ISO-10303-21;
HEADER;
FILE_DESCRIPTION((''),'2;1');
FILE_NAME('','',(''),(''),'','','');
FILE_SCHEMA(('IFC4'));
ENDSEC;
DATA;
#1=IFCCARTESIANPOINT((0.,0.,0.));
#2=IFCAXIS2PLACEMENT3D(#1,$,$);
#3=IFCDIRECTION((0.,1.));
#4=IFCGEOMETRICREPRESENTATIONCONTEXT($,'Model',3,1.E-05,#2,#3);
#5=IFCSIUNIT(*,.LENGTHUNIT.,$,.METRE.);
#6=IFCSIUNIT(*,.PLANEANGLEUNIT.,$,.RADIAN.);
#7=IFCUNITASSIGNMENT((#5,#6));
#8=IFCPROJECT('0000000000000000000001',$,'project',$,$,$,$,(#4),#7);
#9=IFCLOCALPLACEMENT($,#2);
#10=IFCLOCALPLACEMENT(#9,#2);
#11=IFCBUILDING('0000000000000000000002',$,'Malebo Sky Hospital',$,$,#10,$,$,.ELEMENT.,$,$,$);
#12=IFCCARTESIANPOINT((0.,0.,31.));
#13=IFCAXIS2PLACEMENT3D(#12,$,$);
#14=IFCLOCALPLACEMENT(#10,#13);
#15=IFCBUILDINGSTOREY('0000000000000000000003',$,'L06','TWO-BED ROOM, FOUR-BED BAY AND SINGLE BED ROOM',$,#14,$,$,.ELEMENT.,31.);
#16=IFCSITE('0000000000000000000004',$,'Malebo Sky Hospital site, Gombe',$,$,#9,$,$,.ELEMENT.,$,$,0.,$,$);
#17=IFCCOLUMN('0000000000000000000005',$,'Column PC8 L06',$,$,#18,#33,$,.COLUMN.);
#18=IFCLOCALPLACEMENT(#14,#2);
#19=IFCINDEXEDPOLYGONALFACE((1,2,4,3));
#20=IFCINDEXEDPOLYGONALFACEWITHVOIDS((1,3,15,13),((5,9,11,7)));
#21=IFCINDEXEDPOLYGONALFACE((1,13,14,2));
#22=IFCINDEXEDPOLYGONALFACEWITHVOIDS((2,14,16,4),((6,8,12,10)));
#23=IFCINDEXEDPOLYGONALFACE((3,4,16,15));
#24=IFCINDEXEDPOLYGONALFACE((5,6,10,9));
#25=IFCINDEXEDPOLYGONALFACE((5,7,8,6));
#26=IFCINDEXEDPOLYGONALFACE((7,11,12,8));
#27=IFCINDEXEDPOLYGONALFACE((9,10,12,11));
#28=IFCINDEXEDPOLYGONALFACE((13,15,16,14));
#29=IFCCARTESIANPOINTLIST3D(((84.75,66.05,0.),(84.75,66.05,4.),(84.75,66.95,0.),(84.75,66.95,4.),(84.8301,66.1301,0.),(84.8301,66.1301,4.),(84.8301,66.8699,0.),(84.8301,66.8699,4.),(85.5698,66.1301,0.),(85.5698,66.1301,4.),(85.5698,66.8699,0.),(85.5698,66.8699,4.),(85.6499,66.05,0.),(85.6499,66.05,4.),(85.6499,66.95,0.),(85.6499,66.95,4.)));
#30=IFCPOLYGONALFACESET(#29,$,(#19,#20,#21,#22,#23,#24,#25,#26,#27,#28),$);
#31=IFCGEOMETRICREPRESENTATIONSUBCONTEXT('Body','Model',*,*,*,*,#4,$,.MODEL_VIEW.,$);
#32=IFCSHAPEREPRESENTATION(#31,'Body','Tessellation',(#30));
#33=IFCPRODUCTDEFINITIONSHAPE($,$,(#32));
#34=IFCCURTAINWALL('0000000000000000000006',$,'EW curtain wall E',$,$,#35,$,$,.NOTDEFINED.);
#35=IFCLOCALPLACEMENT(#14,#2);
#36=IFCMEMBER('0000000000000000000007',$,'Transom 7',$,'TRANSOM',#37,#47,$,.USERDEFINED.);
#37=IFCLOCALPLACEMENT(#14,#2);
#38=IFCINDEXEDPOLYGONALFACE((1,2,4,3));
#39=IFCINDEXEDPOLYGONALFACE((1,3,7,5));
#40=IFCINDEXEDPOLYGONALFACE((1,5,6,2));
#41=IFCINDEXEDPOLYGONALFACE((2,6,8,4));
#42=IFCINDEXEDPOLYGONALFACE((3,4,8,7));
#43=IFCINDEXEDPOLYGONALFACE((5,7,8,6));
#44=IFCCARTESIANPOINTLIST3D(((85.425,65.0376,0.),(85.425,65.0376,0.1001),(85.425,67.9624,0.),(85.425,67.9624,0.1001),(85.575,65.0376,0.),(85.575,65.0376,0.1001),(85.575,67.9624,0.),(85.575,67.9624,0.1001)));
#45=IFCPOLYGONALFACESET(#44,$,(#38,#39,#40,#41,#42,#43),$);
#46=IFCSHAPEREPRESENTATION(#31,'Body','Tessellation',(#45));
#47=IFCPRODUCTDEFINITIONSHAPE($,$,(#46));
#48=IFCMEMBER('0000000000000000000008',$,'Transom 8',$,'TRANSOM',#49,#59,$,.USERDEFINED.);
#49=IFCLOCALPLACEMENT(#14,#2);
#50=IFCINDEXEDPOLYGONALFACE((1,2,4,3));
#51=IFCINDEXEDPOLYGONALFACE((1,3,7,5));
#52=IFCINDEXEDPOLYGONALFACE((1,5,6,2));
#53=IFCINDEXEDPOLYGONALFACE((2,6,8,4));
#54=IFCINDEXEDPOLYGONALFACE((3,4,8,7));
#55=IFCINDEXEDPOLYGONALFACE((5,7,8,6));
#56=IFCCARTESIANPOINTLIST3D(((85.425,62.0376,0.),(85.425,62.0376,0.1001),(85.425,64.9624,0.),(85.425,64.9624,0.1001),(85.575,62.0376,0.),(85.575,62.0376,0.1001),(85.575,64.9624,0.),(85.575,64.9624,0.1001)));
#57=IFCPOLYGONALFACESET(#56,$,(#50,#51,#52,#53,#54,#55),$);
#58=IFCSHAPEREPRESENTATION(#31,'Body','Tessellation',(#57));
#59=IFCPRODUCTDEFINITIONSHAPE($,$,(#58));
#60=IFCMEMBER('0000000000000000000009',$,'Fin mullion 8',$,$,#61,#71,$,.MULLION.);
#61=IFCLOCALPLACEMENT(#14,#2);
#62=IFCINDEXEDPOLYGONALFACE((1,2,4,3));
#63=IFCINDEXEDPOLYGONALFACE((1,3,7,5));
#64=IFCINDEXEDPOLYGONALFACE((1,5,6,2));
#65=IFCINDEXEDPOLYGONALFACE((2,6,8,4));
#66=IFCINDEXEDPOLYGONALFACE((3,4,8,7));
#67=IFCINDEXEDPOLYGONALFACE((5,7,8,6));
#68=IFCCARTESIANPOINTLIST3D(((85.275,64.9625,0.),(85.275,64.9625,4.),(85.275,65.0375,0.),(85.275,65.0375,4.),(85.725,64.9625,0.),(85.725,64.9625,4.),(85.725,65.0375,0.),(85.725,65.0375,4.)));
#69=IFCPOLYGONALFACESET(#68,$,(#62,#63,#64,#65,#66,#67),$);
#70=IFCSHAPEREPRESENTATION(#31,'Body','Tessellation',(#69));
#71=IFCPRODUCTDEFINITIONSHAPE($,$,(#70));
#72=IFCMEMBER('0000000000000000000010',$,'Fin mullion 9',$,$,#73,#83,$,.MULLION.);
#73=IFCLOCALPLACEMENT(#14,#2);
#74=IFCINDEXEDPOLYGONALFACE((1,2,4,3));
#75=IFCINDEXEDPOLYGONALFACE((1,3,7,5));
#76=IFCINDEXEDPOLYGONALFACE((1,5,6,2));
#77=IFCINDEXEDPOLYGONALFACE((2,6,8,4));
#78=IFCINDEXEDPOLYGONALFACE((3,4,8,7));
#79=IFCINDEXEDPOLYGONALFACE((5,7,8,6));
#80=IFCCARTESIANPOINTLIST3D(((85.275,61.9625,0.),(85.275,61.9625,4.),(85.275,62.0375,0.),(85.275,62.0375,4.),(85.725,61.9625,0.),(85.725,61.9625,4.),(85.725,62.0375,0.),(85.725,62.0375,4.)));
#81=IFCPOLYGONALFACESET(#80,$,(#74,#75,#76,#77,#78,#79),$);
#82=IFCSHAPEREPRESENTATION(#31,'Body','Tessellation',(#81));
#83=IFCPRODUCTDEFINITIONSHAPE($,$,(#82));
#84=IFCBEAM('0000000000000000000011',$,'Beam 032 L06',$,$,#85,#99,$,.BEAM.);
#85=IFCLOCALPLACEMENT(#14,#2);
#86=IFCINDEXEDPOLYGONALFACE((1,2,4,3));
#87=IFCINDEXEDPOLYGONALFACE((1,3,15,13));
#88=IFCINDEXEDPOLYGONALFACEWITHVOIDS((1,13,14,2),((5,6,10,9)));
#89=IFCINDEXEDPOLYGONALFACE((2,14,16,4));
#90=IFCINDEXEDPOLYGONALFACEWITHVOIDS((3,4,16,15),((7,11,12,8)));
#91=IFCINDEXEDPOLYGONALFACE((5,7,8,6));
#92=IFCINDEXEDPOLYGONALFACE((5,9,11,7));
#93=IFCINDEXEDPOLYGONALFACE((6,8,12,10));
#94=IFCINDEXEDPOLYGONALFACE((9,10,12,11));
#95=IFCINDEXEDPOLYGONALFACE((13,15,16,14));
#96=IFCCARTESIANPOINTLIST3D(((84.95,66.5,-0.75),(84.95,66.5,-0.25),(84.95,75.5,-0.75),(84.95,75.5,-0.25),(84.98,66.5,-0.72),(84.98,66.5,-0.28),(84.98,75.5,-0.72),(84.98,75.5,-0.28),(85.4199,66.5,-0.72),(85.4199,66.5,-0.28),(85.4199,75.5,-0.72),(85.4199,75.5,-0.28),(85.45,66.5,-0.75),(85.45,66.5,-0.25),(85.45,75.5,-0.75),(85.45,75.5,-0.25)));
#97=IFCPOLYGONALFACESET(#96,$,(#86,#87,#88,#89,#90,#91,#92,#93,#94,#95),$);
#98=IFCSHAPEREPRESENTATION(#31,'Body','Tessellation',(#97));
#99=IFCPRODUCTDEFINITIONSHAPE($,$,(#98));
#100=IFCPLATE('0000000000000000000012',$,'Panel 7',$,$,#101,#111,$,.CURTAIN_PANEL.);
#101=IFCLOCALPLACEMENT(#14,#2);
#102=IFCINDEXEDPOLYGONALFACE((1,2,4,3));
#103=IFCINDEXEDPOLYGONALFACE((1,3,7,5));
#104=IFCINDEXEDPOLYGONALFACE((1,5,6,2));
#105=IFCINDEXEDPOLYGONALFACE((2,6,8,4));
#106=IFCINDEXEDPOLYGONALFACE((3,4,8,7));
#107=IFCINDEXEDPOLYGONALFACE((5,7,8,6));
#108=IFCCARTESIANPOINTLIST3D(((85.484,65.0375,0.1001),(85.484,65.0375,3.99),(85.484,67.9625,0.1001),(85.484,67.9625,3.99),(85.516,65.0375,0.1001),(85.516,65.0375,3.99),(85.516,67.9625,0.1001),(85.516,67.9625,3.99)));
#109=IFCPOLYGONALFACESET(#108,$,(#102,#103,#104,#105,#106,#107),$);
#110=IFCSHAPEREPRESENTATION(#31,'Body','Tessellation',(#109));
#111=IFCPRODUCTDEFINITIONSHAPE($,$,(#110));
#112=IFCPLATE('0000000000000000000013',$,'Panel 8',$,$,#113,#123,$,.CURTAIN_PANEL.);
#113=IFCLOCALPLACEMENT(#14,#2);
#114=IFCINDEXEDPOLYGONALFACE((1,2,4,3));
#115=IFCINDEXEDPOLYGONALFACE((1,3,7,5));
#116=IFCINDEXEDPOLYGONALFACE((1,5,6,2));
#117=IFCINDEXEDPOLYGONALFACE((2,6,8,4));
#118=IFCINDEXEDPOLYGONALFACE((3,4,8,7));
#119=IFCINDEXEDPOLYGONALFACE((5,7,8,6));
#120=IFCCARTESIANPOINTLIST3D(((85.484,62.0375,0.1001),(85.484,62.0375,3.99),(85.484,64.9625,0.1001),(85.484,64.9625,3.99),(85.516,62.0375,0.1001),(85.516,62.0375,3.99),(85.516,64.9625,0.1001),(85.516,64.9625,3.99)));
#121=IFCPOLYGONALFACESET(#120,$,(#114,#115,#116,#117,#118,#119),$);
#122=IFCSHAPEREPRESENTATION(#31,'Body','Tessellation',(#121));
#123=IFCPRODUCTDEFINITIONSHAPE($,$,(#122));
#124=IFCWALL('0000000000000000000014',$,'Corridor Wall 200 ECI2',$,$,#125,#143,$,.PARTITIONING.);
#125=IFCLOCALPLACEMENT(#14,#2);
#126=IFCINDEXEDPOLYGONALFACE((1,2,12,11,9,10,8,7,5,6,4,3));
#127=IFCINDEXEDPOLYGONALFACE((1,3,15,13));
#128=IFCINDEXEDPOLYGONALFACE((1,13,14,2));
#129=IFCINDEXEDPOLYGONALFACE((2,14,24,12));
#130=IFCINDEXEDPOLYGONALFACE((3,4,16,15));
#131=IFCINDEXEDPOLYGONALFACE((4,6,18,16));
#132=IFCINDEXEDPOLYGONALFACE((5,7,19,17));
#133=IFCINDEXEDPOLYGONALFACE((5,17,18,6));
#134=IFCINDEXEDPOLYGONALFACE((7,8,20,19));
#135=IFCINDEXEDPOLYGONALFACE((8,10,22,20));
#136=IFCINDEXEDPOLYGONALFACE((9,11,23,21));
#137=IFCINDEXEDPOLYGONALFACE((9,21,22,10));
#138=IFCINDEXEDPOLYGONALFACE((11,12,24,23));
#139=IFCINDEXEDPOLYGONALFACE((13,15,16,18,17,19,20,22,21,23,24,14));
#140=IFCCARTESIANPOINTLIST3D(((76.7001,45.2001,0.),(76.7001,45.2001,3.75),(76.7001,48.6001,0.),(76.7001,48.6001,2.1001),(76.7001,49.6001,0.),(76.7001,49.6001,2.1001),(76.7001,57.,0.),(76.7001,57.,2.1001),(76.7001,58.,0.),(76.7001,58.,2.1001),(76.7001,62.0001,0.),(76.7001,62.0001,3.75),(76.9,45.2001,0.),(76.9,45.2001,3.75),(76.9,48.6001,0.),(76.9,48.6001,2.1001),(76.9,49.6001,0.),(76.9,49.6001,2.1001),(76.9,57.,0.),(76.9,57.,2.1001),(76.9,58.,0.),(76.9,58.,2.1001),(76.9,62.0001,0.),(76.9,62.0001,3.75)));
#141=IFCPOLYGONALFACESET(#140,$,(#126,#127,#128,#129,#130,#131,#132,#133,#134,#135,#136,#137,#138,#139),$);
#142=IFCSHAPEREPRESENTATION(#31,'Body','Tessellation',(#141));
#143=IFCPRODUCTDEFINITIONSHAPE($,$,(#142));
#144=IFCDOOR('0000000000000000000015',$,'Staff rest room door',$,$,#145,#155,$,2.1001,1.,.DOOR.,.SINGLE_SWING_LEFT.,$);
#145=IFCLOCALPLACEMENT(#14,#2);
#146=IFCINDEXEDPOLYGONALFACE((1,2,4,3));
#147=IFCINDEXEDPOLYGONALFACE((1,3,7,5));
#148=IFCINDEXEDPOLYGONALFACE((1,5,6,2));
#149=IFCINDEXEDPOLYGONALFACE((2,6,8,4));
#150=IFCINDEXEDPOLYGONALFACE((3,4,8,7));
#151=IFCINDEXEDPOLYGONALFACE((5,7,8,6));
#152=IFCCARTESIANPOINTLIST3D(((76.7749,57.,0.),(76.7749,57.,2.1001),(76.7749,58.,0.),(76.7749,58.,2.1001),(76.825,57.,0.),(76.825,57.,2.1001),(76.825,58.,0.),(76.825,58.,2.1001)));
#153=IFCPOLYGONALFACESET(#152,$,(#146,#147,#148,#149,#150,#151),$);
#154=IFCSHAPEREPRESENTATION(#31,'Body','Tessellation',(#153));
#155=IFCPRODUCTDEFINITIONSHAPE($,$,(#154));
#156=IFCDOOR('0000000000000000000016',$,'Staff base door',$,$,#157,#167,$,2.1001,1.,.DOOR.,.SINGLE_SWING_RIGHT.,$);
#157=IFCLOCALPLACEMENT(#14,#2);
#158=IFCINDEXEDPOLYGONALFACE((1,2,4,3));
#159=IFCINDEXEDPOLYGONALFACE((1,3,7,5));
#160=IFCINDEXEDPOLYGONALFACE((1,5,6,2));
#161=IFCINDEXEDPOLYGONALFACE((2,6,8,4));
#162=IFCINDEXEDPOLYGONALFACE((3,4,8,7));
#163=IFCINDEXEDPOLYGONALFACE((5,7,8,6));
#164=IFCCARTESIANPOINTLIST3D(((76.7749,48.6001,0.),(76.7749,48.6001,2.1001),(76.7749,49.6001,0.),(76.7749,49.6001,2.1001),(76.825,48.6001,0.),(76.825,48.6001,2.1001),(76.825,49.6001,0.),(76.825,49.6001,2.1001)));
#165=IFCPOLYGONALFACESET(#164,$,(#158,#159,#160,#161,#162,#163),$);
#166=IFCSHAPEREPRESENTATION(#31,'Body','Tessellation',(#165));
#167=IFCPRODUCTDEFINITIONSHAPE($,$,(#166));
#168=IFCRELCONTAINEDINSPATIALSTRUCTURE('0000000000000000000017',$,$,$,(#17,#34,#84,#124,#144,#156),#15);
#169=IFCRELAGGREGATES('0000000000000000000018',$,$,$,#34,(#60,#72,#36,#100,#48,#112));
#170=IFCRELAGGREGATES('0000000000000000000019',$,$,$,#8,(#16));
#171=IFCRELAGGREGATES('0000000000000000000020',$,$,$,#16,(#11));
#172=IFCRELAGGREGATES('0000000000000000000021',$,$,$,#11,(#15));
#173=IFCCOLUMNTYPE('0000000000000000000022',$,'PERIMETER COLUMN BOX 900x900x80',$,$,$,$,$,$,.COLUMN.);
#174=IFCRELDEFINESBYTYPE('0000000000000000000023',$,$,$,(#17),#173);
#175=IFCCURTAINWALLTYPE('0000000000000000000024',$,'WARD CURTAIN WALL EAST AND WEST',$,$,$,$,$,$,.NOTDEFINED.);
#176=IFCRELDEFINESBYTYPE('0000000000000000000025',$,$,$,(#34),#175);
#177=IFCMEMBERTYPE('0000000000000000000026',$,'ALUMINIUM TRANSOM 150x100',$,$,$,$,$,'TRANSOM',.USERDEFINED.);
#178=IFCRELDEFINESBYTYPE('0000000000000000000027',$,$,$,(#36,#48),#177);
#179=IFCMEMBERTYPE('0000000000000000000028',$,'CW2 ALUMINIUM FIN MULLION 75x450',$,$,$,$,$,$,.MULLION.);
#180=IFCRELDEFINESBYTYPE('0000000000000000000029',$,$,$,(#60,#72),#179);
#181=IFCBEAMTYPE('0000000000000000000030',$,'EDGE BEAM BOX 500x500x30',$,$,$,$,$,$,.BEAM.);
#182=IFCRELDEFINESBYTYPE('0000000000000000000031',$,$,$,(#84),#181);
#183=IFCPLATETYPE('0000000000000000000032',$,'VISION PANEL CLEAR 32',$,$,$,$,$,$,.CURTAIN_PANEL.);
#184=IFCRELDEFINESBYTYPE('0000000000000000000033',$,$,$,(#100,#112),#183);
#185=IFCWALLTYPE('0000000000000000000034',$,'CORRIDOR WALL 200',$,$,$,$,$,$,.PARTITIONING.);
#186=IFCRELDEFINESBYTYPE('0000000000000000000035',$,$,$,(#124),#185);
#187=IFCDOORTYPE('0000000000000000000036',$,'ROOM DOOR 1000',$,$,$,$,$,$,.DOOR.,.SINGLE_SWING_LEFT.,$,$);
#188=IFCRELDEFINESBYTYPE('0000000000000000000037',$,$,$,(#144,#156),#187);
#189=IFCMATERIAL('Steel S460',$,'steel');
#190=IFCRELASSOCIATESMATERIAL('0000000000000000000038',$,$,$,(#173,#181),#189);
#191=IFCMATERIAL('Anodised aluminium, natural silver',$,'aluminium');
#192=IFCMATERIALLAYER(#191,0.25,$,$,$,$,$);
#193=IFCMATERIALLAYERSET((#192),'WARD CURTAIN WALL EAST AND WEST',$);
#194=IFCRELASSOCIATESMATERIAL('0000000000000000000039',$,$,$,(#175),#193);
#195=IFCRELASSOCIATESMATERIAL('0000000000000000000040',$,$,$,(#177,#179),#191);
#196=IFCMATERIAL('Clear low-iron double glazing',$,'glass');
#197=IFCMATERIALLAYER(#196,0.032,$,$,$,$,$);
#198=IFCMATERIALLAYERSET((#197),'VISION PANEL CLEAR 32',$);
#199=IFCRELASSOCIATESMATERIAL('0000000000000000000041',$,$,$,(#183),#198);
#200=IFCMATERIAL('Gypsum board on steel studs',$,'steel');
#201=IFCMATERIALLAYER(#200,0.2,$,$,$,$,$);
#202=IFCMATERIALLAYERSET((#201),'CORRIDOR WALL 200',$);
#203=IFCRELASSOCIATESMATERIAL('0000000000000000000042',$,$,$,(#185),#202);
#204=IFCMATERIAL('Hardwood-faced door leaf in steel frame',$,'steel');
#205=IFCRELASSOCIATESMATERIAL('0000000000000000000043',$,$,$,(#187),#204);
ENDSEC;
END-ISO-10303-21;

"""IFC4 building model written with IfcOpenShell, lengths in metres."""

from ifc_helpers import new_model, si_unit, direction, frame, frame_2d, origin, origin_2d, place, context, subcontext, project, spatial, rectangle, hollow_rectangle, extrude, material, layer, layer_set, material_profile, profile_set, type_object, element, fill, aggregate, save


model = new_model("IFC4")

# Units and contexts
model_context = context("Model", 3, precision=1e-05, world=origin(), true_north=direction((0.0, 1.0)))
body_context = subcontext(model_context, "Body", "Model", "MODEL_VIEW")
ifc_project = project(units=[si_unit("LENGTHUNIT", "METRE"), si_unit("PLANEANGLEUNIT", "RADIAN")], contexts=[model_context])

# Site, building, storey
site_placement = place(None, origin())
site = spatial("IfcSite", under=ifc_project, at=site_placement, Name="Malebo Sky Hospital site, Gombe", CompositionType="ELEMENT", RefElevation=0.0)
building_placement = place(site_placement, origin())
building = spatial("IfcBuilding", under=site, at=building_placement, Name="Malebo Sky Hospital", CompositionType="ELEMENT")
storey_placement = place(building_placement, frame((0.0, 0.0, 31.0)))
storey = spatial("IfcBuildingStorey", under=building, at=storey_placement, Name="L06", Description="TWO-BED ROOM, FOUR-BED BAY AND SINGLE BED ROOM", CompositionType="ELEMENT", Elevation=31.0)

# Column
ifc_material_1 = material(Name="Steel S460", Category="steel")
ifc_material_profile_1 = material_profile(ifc_material_1, hollow_rectangle(XDim=0.8999, YDim=0.8999, WallThickness=0.0801, at=origin_2d()), Name="BOX 900x900x80")
ifc_profile_set_1 = profile_set([ifc_material_profile_1], Name="Steel S460")
column_type = type_object("IfcColumnType", Name="PERIMETER COLUMN BOX 900x900x80", PredefinedType="COLUMN", material=ifc_profile_set_1)
column_placement = place(storey_placement, frame((85.2, 66.5, 0.0), z_axis=(0.0, 0.0, 1.0), x_axis=(1.0, 0.0, 0.0)))
element("IfcColumn", 1, at=column_placement, inside=storey, type_object=column_type, Name="Column PC8 L06", PredefinedType="COLUMN", context=body_context, shape_type="SweptSolid", body=[
    extrude(hollow_rectangle(XDim=0.8999, YDim=0.8999, WallThickness=0.0801, at=origin_2d()), origin(), (0.0, 0.0, 1.0), 4.0),
])

# Curtain wall, members
ifc_material_2 = material(Name="Anodised aluminium, natural silver", Category="aluminium")
ifc_layer_1 = layer(ifc_material_2, 0.25)
ifc_layer_set_1 = layer_set([ifc_layer_1], Name="WARD CURTAIN WALL EAST AND WEST")
curtain_wall_type = type_object("IfcCurtainWallType", Name="WARD CURTAIN WALL EAST AND WEST", PredefinedType="NOTDEFINED", material=ifc_layer_set_1)
curtain_wall_placement = place(storey_placement, origin())
curtain_wall = element("IfcCurtainWall", 2, at=curtain_wall_placement, inside=storey, type_object=curtain_wall_type, Name="EW curtain wall E", PredefinedType="NOTDEFINED")
ifc_material_profile_2 = material_profile(ifc_material_2, rectangle(XDim=0.1499, YDim=0.1001, at=origin_2d()), Name="ALUMINIUM TRANSOM 150x100")
ifc_profile_set_2 = profile_set([ifc_material_profile_2], Name="Anodised aluminium, natural silver")
member_type_1 = type_object("IfcMemberType", Name="ALUMINIUM TRANSOM 150x100", ElementType="TRANSOM", PredefinedType="USERDEFINED", material=ifc_profile_set_2)
member_1_placement = place(storey_placement, frame((85.5, 67.9624, 0.05), z_axis=(0.0, -1.0, 0.0), x_axis=(1.0, 0.0, 0.0)))
member_1 = element("IfcMember", 3, at=member_1_placement, type_object=member_type_1, Name="Transom 7", ObjectType="TRANSOM", PredefinedType="USERDEFINED", context=body_context, shape_type="SweptSolid", body=[
    extrude(rectangle(XDim=0.1499, YDim=0.1001, at=origin_2d()), origin(), (0.0, 0.0, 1.0), 2.9248),
])
member_2_placement = place(storey_placement, frame((85.5, 64.9624, 0.05), z_axis=(0.0, -1.0, 0.0), x_axis=(1.0, 0.0, 0.0)))
member_2 = element("IfcMember", 4, at=member_2_placement, type_object=member_type_1, Name="Transom 8", ObjectType="TRANSOM", PredefinedType="USERDEFINED", context=body_context, shape_type="SweptSolid", body=[
    extrude(rectangle(XDim=0.1499, YDim=0.1001, at=origin_2d()), origin(), (0.0, 0.0, 1.0), 2.9248),
])
ifc_material_profile_3 = material_profile(ifc_material_2, rectangle(XDim=0.075, YDim=0.45, at=origin_2d()), Name="CW2 ALUMINIUM FIN MULLION 75x450")
ifc_profile_set_3 = profile_set([ifc_material_profile_3], Name="Anodised aluminium, natural silver")
member_type_2 = type_object("IfcMemberType", Name="CW2 ALUMINIUM FIN MULLION 75x450", PredefinedType="MULLION", material=ifc_profile_set_3)
member_3_placement = place(storey_placement, frame((85.5, 65.0, 0.0), z_axis=(0.0, 0.0, 1.0), x_axis=(0.0, -1.0, 0.0)))
member_3 = element("IfcMember", 5, at=member_3_placement, type_object=member_type_2, Name="Fin mullion 8", PredefinedType="MULLION", context=body_context, shape_type="SweptSolid", body=[
    extrude(rectangle(XDim=0.075, YDim=0.45, at=origin_2d()), origin(), (0.0, 0.0, 1.0), 4.0),
])
member_4_placement = place(storey_placement, frame((85.5, 62.0, 0.0), z_axis=(0.0, 0.0, 1.0), x_axis=(0.0, -1.0, 0.0)))
member_4 = element("IfcMember", 6, at=member_4_placement, type_object=member_type_2, Name="Fin mullion 9", PredefinedType="MULLION", context=body_context, shape_type="SweptSolid", body=[
    extrude(rectangle(XDim=0.075, YDim=0.45, at=origin_2d()), origin(), (0.0, 0.0, 1.0), 4.0),
])

# Beam
ifc_material_profile_4 = material_profile(ifc_material_1, hollow_rectangle(XDim=0.5, YDim=0.5, WallThickness=0.03, at=origin_2d()), Name="BOX 500x500x30")
ifc_profile_set_4 = profile_set([ifc_material_profile_4], Name="Steel S460")
beam_type = type_object("IfcBeamType", Name="EDGE BEAM BOX 500x500x30", PredefinedType="BEAM", material=ifc_profile_set_4)
beam_placement = place(storey_placement, frame((85.2, 66.5, -0.5), z_axis=(0.0, 1.0, 0.0), x_axis=(-1.0, 0.0, 0.0)))
element("IfcBeam", 7, at=beam_placement, inside=storey, type_object=beam_type, Name="Beam 032 L06", PredefinedType="BEAM", context=body_context, shape_type="SweptSolid", body=[
    extrude(hollow_rectangle(XDim=0.5, YDim=0.5, WallThickness=0.03, at=origin_2d()), origin(), (0.0, 0.0, 1.0), 9.0),
])

# Plates
ifc_material_3 = material(Name="Clear low-iron double glazing", Category="glass")
ifc_layer_2 = layer(ifc_material_3, 0.032)
ifc_layer_set_2 = layer_set([ifc_layer_2], Name="VISION PANEL CLEAR 32")
plate_type = type_object("IfcPlateType", Name="VISION PANEL CLEAR 32", PredefinedType="CURTAIN_PANEL", material=ifc_layer_set_2)
plate_1_placement = place(storey_placement, frame((85.5, 66.5, 0.1001), z_axis=(0.0, 0.0, 1.0), x_axis=(0.0, -1.0, 0.0)))
plate_1 = element("IfcPlate", 8, at=plate_1_placement, type_object=plate_type, Name="Panel 7", PredefinedType="CURTAIN_PANEL", context=body_context, shape_type="SweptSolid", body=[
    extrude(rectangle(XDim=2.925, YDim=0.032, at=origin_2d()), origin(), (0.0, 0.0, 1.0), 3.8899),
])
plate_2_placement = place(storey_placement, frame((85.5, 63.5, 0.1001), z_axis=(0.0, 0.0, 1.0), x_axis=(0.0, -1.0, 0.0)))
plate_2 = element("IfcPlate", 9, at=plate_2_placement, type_object=plate_type, Name="Panel 8", PredefinedType="CURTAIN_PANEL", context=body_context, shape_type="SweptSolid", body=[
    extrude(rectangle(XDim=2.925, YDim=0.032, at=origin_2d()), origin(), (0.0, 0.0, 1.0), 3.8899),
])
aggregate(curtain_wall, [member_3, member_4, member_1, plate_1, member_2, plate_2])

# Wall, openings, doors
ifc_material_4 = material(Name="Gypsum board on steel studs", Category="steel")
ifc_layer_3 = layer(ifc_material_4, 0.2)
ifc_layer_set_3 = layer_set([ifc_layer_3], Name="CORRIDOR WALL 200")
wall_type_1 = type_object("IfcWallType", Name="CORRIDOR WALL 200", PredefinedType="PARTITIONING", material=ifc_layer_set_3)
wall_1_placement = place(storey_placement, frame((76.8, 62.0, 0.0), z_axis=(0.0, 0.0, 1.0), x_axis=(0.0, -1.0, 0.0)))
wall_1 = element("IfcWall", 10, at=wall_1_placement, inside=storey, type_object=wall_type_1, Name="Corridor Wall 200 ECI2", PredefinedType="PARTITIONING", context=body_context, shape_type="SweptSolid", body=[
    extrude(rectangle(XDim=16.8, YDim=0.2, at=frame_2d((8.3999, 0.0))), origin(), (0.0, 0.0, 1.0), 3.75),
])
opening_1_placement = place(wall_1_placement, frame((4.0, 0.0, 0.0)))
opening_1 = element("IfcOpeningElement", 11, at=opening_1_placement, cuts=wall_1, PredefinedType="OPENING", context=body_context, shape_type="SweptSolid", body=[
    extrude(rectangle(XDim=1.0, YDim=2.1001, at=frame_2d((0.5, 1.05))), frame((0.0, 0.1099, 0.0), z_axis=(0.0, -1.0, 0.0), x_axis=(1.0, 0.0, 0.0)), (0.0, 0.0, 1.0), 0.22),
])
opening_2_placement = place(wall_1_placement, frame((12.3999, 0.0, 0.0)))
opening_2 = element("IfcOpeningElement", 12, at=opening_2_placement, cuts=wall_1, PredefinedType="OPENING", context=body_context, shape_type="SweptSolid", body=[
    extrude(rectangle(XDim=1.0, YDim=2.1001, at=frame_2d((0.5, 1.05))), frame((0.0, 0.1099, 0.0), z_axis=(0.0, -1.0, 0.0), x_axis=(1.0, 0.0, 0.0)), (0.0, 0.0, 1.0), 0.22),
])
ifc_material_5 = material(Name="Hardwood-faced door leaf in steel frame", Category="steel")
door_type_1 = type_object("IfcDoorType", Name="ROOM DOOR 1000", OperationType="SINGLE_SWING_LEFT", PredefinedType="DOOR", material=ifc_material_5)
door_1_placement = place(opening_1_placement, origin())
door_1 = element("IfcDoor", 13, at=door_1_placement, inside=storey, type_object=door_type_1, Name="Staff rest room door", OperationType="SINGLE_SWING_LEFT", OverallHeight=2.1001, OverallWidth=1.0, PredefinedType="DOOR", context=body_context, shape_type="SweptSolid", body=[
    extrude(rectangle(XDim=1.0, YDim=2.1001, at=frame_2d((0.5, 1.05))), frame((0.0, 0.0249, 0.0), z_axis=(0.0, -1.0, 0.0), x_axis=(1.0, 0.0, 0.0)), (0.0, 0.0, 1.0), 0.05),
])
fill(opening_1, door_1)
door_2_placement = place(opening_2_placement, origin())
door_2 = element("IfcDoor", 14, at=door_2_placement, inside=storey, type_object=door_type_1, Name="Staff base door", OperationType="SINGLE_SWING_RIGHT", OverallHeight=2.1001, OverallWidth=1.0, PredefinedType="DOOR", context=body_context, shape_type="SweptSolid", body=[
    extrude(rectangle(XDim=1.0, YDim=2.1001, at=frame_2d((0.5, 1.05))), frame((0.0, 0.0249, 0.0), z_axis=(0.0, -1.0, 0.0), x_axis=(1.0, 0.0, 0.0)), (0.0, 0.0, 1.0), 0.05),
])
fill(opening_2, door_2)

save(model, "model.ifc")
